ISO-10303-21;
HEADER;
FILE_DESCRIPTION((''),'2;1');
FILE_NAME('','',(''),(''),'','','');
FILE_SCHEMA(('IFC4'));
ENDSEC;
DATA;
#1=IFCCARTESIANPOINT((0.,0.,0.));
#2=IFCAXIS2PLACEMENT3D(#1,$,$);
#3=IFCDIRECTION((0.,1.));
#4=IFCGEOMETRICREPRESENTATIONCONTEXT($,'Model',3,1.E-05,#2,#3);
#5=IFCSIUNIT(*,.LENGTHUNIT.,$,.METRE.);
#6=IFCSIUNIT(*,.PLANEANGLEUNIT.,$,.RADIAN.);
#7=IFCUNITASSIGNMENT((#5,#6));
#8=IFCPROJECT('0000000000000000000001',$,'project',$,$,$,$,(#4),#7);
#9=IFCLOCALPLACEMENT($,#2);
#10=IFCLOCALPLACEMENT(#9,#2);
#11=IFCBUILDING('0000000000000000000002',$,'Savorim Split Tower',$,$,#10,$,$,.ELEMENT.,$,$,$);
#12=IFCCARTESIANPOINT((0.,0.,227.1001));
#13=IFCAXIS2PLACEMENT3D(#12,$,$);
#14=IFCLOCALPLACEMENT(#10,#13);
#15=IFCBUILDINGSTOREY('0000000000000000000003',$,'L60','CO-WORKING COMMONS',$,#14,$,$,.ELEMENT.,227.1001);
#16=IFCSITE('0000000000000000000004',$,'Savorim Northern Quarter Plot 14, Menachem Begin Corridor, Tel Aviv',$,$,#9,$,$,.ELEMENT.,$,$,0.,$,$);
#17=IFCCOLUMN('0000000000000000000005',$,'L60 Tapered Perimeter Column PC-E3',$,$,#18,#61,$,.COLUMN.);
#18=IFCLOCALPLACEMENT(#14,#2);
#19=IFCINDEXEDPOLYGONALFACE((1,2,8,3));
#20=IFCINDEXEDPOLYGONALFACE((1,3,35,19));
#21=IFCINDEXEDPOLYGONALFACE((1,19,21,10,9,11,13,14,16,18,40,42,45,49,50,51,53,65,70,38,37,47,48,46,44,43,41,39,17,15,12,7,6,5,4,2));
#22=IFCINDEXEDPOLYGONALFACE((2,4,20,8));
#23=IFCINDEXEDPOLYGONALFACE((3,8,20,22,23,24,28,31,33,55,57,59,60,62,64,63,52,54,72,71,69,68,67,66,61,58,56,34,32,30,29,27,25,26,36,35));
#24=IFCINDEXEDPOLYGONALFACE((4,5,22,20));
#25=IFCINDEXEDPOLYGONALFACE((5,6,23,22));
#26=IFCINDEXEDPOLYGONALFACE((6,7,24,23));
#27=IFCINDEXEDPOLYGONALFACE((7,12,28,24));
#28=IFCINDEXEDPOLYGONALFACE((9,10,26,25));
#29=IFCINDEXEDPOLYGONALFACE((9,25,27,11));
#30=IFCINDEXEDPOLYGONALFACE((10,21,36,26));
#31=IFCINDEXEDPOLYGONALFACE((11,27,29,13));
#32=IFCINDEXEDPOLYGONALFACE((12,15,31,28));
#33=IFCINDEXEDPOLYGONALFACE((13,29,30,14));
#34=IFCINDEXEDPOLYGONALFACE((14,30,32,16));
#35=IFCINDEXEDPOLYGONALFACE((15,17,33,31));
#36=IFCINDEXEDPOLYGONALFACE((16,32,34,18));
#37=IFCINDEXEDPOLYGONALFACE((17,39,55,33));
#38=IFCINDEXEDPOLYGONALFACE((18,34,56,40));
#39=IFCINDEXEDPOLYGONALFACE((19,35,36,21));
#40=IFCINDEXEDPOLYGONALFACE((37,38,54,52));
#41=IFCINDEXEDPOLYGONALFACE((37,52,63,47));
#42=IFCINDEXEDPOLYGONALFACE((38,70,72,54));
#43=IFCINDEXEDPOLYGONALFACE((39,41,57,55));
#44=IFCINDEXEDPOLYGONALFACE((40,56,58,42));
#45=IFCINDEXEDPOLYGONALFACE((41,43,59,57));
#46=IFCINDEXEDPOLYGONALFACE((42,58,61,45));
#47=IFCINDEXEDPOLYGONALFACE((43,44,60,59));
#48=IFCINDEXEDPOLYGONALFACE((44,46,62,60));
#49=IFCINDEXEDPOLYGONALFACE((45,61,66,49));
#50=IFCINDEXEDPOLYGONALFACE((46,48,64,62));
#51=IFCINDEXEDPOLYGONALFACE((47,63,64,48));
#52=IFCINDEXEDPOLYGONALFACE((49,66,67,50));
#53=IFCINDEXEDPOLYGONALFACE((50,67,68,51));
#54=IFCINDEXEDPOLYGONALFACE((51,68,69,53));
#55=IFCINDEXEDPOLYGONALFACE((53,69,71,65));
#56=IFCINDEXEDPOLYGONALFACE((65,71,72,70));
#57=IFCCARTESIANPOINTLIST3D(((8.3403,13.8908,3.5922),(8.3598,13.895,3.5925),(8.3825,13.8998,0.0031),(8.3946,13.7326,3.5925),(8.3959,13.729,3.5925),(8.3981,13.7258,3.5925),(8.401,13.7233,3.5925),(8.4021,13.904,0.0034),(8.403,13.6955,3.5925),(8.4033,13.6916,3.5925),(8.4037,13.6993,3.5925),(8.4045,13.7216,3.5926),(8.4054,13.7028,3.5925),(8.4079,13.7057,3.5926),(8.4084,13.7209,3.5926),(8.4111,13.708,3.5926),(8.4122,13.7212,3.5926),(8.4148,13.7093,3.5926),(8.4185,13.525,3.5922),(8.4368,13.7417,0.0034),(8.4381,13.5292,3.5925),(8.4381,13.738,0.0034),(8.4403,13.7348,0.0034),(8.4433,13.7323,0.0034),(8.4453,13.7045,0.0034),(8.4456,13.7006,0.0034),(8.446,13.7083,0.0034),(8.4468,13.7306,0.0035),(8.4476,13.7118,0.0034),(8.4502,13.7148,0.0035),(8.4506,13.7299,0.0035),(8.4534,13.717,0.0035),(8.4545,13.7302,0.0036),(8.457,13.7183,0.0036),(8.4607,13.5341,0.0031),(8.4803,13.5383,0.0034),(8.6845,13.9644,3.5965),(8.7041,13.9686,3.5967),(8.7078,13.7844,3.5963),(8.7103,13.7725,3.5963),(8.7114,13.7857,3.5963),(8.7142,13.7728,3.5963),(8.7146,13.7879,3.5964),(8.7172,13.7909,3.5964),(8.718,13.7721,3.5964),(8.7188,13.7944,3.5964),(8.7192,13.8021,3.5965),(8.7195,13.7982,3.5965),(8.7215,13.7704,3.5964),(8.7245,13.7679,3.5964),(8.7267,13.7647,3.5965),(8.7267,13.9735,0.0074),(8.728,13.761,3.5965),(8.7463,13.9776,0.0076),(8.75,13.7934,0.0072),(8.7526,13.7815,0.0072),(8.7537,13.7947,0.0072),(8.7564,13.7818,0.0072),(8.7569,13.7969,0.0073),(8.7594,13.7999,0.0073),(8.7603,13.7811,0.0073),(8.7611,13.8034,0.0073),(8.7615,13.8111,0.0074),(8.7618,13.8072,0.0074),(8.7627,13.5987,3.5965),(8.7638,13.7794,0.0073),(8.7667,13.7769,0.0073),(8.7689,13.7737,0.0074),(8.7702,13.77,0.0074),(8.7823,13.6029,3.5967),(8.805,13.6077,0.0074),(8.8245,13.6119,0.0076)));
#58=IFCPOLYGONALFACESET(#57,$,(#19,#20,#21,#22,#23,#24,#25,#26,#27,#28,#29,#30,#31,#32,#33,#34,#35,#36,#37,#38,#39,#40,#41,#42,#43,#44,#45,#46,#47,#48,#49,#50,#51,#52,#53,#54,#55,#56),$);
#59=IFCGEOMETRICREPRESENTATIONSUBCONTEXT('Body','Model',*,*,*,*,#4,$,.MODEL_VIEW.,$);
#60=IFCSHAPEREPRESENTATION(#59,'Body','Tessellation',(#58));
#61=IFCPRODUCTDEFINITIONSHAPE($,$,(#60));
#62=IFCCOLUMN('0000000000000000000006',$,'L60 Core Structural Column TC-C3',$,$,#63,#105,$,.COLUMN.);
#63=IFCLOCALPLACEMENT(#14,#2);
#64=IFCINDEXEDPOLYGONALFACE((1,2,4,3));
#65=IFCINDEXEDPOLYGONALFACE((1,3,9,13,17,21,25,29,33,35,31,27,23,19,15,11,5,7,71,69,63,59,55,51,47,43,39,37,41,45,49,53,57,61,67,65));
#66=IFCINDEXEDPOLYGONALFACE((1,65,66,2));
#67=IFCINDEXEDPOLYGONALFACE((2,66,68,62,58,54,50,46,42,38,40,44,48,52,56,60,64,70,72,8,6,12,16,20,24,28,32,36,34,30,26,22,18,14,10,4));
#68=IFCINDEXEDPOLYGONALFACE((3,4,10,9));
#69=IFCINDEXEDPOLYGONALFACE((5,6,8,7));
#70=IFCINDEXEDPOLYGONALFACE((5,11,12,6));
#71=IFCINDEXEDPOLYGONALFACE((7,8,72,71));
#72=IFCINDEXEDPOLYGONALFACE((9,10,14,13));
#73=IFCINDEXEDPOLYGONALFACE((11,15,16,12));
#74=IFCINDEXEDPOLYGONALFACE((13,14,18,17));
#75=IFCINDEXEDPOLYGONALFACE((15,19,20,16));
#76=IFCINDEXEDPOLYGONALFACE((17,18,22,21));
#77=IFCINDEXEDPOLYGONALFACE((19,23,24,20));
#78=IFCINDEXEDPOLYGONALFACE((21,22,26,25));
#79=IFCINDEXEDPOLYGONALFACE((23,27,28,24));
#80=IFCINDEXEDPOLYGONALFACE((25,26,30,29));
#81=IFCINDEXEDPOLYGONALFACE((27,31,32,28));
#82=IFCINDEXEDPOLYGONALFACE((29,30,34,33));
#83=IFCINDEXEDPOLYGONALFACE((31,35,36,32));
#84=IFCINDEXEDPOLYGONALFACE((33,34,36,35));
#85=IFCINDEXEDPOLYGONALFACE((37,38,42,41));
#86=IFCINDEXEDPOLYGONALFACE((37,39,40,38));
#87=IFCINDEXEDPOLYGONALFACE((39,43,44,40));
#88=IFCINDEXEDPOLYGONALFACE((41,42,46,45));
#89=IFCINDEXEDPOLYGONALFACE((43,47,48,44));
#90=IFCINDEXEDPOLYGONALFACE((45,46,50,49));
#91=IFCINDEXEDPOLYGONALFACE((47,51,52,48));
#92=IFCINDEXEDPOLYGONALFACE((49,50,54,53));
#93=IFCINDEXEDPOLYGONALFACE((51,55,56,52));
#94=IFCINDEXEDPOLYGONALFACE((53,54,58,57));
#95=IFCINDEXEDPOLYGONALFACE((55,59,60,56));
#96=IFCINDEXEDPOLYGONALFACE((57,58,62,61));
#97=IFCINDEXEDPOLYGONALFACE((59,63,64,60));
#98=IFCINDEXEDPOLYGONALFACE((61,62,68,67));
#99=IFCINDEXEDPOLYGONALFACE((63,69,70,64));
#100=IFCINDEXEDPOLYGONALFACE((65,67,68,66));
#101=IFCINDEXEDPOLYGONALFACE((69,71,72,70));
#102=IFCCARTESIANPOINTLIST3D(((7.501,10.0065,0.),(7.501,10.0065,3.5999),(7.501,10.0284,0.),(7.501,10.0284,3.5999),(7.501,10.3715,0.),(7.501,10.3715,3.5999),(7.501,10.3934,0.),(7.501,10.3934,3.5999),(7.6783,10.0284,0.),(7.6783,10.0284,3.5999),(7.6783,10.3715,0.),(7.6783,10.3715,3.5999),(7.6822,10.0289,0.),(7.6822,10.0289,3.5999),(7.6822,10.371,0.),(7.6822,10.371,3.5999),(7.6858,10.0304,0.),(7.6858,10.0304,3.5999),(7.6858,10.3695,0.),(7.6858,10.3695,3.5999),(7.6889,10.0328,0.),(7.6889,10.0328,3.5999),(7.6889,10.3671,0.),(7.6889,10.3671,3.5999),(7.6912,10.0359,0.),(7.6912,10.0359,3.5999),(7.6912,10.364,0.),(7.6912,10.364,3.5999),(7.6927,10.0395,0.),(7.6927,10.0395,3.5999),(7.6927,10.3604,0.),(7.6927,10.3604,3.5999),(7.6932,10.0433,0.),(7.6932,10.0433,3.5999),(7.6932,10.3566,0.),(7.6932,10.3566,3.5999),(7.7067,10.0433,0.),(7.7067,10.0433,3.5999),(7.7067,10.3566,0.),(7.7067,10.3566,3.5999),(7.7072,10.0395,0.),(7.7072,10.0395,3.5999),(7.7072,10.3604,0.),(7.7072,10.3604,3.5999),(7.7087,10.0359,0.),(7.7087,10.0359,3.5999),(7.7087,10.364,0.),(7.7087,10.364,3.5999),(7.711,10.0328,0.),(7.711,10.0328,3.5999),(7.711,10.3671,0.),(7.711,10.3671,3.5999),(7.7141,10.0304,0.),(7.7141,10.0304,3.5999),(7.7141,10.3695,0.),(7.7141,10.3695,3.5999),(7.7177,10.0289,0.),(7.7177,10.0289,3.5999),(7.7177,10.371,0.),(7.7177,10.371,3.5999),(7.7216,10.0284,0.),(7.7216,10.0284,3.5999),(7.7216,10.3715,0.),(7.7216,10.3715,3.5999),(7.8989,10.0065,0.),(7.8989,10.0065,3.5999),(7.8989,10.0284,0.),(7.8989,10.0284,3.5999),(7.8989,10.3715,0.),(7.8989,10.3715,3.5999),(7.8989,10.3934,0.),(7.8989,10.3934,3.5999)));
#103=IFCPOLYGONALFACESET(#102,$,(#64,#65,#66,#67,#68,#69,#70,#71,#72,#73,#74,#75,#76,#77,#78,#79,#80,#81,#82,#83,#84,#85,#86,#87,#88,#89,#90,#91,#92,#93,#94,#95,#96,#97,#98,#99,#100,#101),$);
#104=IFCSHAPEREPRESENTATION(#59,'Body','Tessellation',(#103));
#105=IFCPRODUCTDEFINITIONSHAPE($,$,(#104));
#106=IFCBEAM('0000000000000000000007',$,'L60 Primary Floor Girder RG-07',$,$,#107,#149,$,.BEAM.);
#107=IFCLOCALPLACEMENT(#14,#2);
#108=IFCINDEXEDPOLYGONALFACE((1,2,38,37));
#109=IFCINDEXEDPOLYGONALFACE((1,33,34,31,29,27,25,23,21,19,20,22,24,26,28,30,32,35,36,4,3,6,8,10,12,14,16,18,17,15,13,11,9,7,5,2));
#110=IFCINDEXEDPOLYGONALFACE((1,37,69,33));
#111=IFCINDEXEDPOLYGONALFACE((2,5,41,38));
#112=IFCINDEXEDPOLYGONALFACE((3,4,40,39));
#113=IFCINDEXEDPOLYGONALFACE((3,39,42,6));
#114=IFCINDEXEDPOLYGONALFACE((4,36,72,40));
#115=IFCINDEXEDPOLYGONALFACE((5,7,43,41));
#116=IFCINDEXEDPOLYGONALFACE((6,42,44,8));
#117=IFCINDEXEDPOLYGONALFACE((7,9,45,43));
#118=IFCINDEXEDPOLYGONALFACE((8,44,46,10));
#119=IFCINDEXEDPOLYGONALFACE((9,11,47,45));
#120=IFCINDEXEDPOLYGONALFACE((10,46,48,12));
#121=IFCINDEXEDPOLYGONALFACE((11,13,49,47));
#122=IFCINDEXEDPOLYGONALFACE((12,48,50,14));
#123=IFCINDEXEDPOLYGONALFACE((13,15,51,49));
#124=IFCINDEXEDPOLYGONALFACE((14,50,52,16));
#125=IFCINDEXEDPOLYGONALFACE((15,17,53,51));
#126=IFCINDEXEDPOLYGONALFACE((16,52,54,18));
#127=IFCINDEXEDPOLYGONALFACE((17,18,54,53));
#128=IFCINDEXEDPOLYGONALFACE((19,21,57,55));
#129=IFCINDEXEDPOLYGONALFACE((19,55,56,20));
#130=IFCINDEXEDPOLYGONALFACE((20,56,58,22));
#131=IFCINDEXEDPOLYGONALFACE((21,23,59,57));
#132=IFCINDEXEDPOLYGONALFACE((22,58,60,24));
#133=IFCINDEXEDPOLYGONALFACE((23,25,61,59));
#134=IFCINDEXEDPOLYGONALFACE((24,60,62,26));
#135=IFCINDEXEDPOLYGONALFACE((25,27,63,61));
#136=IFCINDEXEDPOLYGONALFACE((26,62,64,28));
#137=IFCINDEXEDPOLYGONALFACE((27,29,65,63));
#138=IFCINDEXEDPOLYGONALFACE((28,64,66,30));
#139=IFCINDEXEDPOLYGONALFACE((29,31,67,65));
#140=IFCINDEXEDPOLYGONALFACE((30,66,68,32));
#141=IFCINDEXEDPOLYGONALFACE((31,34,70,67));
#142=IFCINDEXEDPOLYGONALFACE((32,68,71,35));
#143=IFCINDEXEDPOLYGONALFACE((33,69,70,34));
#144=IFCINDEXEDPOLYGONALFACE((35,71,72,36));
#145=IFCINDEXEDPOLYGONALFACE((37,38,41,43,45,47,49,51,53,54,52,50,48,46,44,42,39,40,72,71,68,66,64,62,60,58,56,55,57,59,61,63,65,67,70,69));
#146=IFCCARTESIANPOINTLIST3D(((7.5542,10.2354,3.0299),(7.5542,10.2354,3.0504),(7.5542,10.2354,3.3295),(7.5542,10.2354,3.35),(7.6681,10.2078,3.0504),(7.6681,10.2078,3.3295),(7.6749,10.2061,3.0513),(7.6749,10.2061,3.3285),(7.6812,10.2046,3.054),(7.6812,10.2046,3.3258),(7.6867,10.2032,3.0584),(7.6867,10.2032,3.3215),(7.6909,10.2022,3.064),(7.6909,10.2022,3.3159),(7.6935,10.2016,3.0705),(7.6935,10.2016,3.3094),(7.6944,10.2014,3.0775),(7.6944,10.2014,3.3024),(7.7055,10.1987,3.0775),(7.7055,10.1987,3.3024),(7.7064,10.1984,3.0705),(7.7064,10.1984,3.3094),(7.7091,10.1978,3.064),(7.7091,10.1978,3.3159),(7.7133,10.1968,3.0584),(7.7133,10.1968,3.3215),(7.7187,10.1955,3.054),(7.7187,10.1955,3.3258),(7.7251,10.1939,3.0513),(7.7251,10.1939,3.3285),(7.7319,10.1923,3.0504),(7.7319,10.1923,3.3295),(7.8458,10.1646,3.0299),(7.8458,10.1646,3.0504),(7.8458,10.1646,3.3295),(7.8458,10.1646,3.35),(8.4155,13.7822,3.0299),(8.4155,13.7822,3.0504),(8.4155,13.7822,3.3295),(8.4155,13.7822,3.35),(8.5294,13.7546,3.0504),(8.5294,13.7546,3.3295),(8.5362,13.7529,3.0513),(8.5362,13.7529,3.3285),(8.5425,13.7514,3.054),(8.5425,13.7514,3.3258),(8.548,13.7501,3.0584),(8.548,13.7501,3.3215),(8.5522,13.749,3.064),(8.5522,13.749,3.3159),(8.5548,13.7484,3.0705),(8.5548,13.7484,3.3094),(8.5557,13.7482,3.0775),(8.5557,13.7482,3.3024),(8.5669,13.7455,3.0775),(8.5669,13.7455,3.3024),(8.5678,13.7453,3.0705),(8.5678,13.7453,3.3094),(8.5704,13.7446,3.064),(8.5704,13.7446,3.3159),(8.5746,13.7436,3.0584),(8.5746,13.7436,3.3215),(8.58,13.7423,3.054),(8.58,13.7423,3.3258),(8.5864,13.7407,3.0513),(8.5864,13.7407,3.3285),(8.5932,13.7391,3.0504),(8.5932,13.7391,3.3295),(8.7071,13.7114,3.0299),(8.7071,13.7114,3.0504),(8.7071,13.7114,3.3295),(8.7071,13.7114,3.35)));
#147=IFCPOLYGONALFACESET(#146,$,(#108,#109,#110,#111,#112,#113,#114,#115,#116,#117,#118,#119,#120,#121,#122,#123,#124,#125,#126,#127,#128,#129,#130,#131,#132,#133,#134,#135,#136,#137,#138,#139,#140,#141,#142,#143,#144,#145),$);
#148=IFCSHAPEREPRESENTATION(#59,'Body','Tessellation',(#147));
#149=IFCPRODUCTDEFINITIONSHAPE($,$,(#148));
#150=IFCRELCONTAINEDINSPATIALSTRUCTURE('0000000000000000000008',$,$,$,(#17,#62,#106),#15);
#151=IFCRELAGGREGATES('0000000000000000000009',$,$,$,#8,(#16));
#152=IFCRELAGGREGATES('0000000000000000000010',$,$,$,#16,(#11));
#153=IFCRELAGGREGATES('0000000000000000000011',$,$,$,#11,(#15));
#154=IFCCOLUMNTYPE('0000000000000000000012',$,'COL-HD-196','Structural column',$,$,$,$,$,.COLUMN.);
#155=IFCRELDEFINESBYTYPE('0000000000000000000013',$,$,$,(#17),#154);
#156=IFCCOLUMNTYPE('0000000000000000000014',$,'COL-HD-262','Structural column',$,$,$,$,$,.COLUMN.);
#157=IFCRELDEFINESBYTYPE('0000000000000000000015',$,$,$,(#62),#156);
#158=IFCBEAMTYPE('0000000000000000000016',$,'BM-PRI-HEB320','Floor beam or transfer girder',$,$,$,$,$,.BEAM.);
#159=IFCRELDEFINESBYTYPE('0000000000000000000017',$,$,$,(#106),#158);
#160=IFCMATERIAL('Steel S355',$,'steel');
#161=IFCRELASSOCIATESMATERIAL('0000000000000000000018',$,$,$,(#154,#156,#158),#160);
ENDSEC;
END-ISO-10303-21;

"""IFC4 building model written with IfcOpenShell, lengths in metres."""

from ifc_helpers import new_model, si_unit, direction, frame, origin, origin_2d, place, context, subcontext, project, spatial, i_section, extrude, material, material_profile, profile_set, type_object, element, save


model = new_model("IFC4")

# Units and contexts
model_context = context("Model", 3, precision=1e-05, world=origin(), true_north=direction((0.0, 1.0)))
body_context = subcontext(model_context, "Body", "Model", "MODEL_VIEW")
ifc_project = project(units=[si_unit("LENGTHUNIT", "METRE"), si_unit("PLANEANGLEUNIT", "RADIAN")], contexts=[model_context])

# Site, building, storey
site_placement = place(None, origin())
site = spatial("IfcSite", under=ifc_project, at=site_placement, Name="Savorim Northern Quarter Plot 14, Menachem Begin Corridor, Tel Aviv", CompositionType="ELEMENT", RefElevation=0.0)
building_placement = place(site_placement, origin())
building = spatial("IfcBuilding", under=site, at=building_placement, Name="Savorim Split Tower", CompositionType="ELEMENT")
storey_placement = place(building_placement, frame((0.0, 0.0, 227.1001)))
storey = spatial("IfcBuildingStorey", under=building, at=storey_placement, Name="L60", Description="CO-WORKING COMMONS", CompositionType="ELEMENT", Elevation=227.1001)

# Columns
ifc_material_1 = material(Name="Steel S355", Category="steel")
ifc_material_profile_1 = material_profile(ifc_material_1, i_section(OverallWidth=0.374, OverallDepth=0.3721, WebThickness=0.0122, FlangeThickness=0.02, FilletRadius=0.0149, at=origin_2d()), Name="HD 360x196")
ifc_profile_set_1 = profile_set([ifc_material_profile_1], Name="Steel S355")
column_type_1 = type_object("IfcColumnType", Name="COL-HD-196", Description="Structural column", PredefinedType="COLUMN", material=ifc_profile_set_1)
column_1_placement = place(storey_placement, frame((8.6035, 13.7559, 0.0054), z_axis=(-0.011767, -0.002517, 0.999928), x_axis=(0.209143, -0.977885, 0.0)))
element("IfcColumn", 1, at=column_1_placement, inside=storey, type_object=column_type_1, Name="L60 Tapered Perimeter Column PC-E3", PredefinedType="COLUMN", context=body_context, shape_type="SweptSolid", body=[
    extrude(i_section(OverallWidth=0.374, OverallDepth=0.3721, WebThickness=0.0122, FlangeThickness=0.02, FilletRadius=0.0149, at=origin_2d()), origin(), (0.0, 0.0, 1.0), 3.5894),
])
ifc_material_profile_2 = material_profile(ifc_material_1, i_section(OverallWidth=0.3979, OverallDepth=0.387, WebThickness=0.0134, FlangeThickness=0.022, FilletRadius=0.0149, at=origin_2d()), Name="HD 400x262")
ifc_profile_set_2 = profile_set([ifc_material_profile_2], Name="Steel S355")
column_type_2 = type_object("IfcColumnType", Name="COL-HD-262", Description="Structural column", PredefinedType="COLUMN", material=ifc_profile_set_2)
column_2_placement = place(storey_placement, frame((7.7, 10.2, 0.0), z_axis=(0.0, 0.0, 1.0), x_axis=(1.0, 0.0, 0.0)))
element("IfcColumn", 2, at=column_2_placement, inside=storey, type_object=column_type_2, Name="L60 Core Structural Column TC-C3", PredefinedType="COLUMN", context=body_context, shape_type="SweptSolid", body=[
    extrude(i_section(OverallWidth=0.3979, OverallDepth=0.387, WebThickness=0.0134, FlangeThickness=0.022, FilletRadius=0.0149, at=origin_2d()), origin(), (0.0, 0.0, 1.0), 3.5999),
])

# Beam
ifc_material_profile_3 = material_profile(ifc_material_1, i_section(OverallWidth=0.3, OverallDepth=0.3201, WebThickness=0.0115, FlangeThickness=0.0205, FilletRadius=0.0271, at=origin_2d()), Name="HEB 320")
ifc_profile_set_3 = profile_set([ifc_material_profile_3], Name="Steel S355")
beam_type_1 = type_object("IfcBeamType", Name="BM-PRI-HEB320", Description="Floor beam or transfer girder", PredefinedType="BEAM", material=ifc_profile_set_3)
beam_1_placement = place(storey_placement, frame((8.5613, 13.7468, 3.1899), z_axis=(-0.235983, -0.971757, 0.0), x_axis=(0.971757, -0.235983, 0.0)))
element("IfcBeam", 3, at=beam_1_placement, inside=storey, type_object=beam_type_1, Name="L60 Primary Floor Girder RG-07", PredefinedType="BEAM", context=body_context, shape_type="SweptSolid", body=[
    extrude(i_section(OverallWidth=0.3, OverallDepth=0.3201, WebThickness=0.0115, FlangeThickness=0.0205, FilletRadius=0.0271, at=origin_2d()), origin(), (0.0, 0.0, 1.0), 3.6499),
])

save(model, "model.ifc")
